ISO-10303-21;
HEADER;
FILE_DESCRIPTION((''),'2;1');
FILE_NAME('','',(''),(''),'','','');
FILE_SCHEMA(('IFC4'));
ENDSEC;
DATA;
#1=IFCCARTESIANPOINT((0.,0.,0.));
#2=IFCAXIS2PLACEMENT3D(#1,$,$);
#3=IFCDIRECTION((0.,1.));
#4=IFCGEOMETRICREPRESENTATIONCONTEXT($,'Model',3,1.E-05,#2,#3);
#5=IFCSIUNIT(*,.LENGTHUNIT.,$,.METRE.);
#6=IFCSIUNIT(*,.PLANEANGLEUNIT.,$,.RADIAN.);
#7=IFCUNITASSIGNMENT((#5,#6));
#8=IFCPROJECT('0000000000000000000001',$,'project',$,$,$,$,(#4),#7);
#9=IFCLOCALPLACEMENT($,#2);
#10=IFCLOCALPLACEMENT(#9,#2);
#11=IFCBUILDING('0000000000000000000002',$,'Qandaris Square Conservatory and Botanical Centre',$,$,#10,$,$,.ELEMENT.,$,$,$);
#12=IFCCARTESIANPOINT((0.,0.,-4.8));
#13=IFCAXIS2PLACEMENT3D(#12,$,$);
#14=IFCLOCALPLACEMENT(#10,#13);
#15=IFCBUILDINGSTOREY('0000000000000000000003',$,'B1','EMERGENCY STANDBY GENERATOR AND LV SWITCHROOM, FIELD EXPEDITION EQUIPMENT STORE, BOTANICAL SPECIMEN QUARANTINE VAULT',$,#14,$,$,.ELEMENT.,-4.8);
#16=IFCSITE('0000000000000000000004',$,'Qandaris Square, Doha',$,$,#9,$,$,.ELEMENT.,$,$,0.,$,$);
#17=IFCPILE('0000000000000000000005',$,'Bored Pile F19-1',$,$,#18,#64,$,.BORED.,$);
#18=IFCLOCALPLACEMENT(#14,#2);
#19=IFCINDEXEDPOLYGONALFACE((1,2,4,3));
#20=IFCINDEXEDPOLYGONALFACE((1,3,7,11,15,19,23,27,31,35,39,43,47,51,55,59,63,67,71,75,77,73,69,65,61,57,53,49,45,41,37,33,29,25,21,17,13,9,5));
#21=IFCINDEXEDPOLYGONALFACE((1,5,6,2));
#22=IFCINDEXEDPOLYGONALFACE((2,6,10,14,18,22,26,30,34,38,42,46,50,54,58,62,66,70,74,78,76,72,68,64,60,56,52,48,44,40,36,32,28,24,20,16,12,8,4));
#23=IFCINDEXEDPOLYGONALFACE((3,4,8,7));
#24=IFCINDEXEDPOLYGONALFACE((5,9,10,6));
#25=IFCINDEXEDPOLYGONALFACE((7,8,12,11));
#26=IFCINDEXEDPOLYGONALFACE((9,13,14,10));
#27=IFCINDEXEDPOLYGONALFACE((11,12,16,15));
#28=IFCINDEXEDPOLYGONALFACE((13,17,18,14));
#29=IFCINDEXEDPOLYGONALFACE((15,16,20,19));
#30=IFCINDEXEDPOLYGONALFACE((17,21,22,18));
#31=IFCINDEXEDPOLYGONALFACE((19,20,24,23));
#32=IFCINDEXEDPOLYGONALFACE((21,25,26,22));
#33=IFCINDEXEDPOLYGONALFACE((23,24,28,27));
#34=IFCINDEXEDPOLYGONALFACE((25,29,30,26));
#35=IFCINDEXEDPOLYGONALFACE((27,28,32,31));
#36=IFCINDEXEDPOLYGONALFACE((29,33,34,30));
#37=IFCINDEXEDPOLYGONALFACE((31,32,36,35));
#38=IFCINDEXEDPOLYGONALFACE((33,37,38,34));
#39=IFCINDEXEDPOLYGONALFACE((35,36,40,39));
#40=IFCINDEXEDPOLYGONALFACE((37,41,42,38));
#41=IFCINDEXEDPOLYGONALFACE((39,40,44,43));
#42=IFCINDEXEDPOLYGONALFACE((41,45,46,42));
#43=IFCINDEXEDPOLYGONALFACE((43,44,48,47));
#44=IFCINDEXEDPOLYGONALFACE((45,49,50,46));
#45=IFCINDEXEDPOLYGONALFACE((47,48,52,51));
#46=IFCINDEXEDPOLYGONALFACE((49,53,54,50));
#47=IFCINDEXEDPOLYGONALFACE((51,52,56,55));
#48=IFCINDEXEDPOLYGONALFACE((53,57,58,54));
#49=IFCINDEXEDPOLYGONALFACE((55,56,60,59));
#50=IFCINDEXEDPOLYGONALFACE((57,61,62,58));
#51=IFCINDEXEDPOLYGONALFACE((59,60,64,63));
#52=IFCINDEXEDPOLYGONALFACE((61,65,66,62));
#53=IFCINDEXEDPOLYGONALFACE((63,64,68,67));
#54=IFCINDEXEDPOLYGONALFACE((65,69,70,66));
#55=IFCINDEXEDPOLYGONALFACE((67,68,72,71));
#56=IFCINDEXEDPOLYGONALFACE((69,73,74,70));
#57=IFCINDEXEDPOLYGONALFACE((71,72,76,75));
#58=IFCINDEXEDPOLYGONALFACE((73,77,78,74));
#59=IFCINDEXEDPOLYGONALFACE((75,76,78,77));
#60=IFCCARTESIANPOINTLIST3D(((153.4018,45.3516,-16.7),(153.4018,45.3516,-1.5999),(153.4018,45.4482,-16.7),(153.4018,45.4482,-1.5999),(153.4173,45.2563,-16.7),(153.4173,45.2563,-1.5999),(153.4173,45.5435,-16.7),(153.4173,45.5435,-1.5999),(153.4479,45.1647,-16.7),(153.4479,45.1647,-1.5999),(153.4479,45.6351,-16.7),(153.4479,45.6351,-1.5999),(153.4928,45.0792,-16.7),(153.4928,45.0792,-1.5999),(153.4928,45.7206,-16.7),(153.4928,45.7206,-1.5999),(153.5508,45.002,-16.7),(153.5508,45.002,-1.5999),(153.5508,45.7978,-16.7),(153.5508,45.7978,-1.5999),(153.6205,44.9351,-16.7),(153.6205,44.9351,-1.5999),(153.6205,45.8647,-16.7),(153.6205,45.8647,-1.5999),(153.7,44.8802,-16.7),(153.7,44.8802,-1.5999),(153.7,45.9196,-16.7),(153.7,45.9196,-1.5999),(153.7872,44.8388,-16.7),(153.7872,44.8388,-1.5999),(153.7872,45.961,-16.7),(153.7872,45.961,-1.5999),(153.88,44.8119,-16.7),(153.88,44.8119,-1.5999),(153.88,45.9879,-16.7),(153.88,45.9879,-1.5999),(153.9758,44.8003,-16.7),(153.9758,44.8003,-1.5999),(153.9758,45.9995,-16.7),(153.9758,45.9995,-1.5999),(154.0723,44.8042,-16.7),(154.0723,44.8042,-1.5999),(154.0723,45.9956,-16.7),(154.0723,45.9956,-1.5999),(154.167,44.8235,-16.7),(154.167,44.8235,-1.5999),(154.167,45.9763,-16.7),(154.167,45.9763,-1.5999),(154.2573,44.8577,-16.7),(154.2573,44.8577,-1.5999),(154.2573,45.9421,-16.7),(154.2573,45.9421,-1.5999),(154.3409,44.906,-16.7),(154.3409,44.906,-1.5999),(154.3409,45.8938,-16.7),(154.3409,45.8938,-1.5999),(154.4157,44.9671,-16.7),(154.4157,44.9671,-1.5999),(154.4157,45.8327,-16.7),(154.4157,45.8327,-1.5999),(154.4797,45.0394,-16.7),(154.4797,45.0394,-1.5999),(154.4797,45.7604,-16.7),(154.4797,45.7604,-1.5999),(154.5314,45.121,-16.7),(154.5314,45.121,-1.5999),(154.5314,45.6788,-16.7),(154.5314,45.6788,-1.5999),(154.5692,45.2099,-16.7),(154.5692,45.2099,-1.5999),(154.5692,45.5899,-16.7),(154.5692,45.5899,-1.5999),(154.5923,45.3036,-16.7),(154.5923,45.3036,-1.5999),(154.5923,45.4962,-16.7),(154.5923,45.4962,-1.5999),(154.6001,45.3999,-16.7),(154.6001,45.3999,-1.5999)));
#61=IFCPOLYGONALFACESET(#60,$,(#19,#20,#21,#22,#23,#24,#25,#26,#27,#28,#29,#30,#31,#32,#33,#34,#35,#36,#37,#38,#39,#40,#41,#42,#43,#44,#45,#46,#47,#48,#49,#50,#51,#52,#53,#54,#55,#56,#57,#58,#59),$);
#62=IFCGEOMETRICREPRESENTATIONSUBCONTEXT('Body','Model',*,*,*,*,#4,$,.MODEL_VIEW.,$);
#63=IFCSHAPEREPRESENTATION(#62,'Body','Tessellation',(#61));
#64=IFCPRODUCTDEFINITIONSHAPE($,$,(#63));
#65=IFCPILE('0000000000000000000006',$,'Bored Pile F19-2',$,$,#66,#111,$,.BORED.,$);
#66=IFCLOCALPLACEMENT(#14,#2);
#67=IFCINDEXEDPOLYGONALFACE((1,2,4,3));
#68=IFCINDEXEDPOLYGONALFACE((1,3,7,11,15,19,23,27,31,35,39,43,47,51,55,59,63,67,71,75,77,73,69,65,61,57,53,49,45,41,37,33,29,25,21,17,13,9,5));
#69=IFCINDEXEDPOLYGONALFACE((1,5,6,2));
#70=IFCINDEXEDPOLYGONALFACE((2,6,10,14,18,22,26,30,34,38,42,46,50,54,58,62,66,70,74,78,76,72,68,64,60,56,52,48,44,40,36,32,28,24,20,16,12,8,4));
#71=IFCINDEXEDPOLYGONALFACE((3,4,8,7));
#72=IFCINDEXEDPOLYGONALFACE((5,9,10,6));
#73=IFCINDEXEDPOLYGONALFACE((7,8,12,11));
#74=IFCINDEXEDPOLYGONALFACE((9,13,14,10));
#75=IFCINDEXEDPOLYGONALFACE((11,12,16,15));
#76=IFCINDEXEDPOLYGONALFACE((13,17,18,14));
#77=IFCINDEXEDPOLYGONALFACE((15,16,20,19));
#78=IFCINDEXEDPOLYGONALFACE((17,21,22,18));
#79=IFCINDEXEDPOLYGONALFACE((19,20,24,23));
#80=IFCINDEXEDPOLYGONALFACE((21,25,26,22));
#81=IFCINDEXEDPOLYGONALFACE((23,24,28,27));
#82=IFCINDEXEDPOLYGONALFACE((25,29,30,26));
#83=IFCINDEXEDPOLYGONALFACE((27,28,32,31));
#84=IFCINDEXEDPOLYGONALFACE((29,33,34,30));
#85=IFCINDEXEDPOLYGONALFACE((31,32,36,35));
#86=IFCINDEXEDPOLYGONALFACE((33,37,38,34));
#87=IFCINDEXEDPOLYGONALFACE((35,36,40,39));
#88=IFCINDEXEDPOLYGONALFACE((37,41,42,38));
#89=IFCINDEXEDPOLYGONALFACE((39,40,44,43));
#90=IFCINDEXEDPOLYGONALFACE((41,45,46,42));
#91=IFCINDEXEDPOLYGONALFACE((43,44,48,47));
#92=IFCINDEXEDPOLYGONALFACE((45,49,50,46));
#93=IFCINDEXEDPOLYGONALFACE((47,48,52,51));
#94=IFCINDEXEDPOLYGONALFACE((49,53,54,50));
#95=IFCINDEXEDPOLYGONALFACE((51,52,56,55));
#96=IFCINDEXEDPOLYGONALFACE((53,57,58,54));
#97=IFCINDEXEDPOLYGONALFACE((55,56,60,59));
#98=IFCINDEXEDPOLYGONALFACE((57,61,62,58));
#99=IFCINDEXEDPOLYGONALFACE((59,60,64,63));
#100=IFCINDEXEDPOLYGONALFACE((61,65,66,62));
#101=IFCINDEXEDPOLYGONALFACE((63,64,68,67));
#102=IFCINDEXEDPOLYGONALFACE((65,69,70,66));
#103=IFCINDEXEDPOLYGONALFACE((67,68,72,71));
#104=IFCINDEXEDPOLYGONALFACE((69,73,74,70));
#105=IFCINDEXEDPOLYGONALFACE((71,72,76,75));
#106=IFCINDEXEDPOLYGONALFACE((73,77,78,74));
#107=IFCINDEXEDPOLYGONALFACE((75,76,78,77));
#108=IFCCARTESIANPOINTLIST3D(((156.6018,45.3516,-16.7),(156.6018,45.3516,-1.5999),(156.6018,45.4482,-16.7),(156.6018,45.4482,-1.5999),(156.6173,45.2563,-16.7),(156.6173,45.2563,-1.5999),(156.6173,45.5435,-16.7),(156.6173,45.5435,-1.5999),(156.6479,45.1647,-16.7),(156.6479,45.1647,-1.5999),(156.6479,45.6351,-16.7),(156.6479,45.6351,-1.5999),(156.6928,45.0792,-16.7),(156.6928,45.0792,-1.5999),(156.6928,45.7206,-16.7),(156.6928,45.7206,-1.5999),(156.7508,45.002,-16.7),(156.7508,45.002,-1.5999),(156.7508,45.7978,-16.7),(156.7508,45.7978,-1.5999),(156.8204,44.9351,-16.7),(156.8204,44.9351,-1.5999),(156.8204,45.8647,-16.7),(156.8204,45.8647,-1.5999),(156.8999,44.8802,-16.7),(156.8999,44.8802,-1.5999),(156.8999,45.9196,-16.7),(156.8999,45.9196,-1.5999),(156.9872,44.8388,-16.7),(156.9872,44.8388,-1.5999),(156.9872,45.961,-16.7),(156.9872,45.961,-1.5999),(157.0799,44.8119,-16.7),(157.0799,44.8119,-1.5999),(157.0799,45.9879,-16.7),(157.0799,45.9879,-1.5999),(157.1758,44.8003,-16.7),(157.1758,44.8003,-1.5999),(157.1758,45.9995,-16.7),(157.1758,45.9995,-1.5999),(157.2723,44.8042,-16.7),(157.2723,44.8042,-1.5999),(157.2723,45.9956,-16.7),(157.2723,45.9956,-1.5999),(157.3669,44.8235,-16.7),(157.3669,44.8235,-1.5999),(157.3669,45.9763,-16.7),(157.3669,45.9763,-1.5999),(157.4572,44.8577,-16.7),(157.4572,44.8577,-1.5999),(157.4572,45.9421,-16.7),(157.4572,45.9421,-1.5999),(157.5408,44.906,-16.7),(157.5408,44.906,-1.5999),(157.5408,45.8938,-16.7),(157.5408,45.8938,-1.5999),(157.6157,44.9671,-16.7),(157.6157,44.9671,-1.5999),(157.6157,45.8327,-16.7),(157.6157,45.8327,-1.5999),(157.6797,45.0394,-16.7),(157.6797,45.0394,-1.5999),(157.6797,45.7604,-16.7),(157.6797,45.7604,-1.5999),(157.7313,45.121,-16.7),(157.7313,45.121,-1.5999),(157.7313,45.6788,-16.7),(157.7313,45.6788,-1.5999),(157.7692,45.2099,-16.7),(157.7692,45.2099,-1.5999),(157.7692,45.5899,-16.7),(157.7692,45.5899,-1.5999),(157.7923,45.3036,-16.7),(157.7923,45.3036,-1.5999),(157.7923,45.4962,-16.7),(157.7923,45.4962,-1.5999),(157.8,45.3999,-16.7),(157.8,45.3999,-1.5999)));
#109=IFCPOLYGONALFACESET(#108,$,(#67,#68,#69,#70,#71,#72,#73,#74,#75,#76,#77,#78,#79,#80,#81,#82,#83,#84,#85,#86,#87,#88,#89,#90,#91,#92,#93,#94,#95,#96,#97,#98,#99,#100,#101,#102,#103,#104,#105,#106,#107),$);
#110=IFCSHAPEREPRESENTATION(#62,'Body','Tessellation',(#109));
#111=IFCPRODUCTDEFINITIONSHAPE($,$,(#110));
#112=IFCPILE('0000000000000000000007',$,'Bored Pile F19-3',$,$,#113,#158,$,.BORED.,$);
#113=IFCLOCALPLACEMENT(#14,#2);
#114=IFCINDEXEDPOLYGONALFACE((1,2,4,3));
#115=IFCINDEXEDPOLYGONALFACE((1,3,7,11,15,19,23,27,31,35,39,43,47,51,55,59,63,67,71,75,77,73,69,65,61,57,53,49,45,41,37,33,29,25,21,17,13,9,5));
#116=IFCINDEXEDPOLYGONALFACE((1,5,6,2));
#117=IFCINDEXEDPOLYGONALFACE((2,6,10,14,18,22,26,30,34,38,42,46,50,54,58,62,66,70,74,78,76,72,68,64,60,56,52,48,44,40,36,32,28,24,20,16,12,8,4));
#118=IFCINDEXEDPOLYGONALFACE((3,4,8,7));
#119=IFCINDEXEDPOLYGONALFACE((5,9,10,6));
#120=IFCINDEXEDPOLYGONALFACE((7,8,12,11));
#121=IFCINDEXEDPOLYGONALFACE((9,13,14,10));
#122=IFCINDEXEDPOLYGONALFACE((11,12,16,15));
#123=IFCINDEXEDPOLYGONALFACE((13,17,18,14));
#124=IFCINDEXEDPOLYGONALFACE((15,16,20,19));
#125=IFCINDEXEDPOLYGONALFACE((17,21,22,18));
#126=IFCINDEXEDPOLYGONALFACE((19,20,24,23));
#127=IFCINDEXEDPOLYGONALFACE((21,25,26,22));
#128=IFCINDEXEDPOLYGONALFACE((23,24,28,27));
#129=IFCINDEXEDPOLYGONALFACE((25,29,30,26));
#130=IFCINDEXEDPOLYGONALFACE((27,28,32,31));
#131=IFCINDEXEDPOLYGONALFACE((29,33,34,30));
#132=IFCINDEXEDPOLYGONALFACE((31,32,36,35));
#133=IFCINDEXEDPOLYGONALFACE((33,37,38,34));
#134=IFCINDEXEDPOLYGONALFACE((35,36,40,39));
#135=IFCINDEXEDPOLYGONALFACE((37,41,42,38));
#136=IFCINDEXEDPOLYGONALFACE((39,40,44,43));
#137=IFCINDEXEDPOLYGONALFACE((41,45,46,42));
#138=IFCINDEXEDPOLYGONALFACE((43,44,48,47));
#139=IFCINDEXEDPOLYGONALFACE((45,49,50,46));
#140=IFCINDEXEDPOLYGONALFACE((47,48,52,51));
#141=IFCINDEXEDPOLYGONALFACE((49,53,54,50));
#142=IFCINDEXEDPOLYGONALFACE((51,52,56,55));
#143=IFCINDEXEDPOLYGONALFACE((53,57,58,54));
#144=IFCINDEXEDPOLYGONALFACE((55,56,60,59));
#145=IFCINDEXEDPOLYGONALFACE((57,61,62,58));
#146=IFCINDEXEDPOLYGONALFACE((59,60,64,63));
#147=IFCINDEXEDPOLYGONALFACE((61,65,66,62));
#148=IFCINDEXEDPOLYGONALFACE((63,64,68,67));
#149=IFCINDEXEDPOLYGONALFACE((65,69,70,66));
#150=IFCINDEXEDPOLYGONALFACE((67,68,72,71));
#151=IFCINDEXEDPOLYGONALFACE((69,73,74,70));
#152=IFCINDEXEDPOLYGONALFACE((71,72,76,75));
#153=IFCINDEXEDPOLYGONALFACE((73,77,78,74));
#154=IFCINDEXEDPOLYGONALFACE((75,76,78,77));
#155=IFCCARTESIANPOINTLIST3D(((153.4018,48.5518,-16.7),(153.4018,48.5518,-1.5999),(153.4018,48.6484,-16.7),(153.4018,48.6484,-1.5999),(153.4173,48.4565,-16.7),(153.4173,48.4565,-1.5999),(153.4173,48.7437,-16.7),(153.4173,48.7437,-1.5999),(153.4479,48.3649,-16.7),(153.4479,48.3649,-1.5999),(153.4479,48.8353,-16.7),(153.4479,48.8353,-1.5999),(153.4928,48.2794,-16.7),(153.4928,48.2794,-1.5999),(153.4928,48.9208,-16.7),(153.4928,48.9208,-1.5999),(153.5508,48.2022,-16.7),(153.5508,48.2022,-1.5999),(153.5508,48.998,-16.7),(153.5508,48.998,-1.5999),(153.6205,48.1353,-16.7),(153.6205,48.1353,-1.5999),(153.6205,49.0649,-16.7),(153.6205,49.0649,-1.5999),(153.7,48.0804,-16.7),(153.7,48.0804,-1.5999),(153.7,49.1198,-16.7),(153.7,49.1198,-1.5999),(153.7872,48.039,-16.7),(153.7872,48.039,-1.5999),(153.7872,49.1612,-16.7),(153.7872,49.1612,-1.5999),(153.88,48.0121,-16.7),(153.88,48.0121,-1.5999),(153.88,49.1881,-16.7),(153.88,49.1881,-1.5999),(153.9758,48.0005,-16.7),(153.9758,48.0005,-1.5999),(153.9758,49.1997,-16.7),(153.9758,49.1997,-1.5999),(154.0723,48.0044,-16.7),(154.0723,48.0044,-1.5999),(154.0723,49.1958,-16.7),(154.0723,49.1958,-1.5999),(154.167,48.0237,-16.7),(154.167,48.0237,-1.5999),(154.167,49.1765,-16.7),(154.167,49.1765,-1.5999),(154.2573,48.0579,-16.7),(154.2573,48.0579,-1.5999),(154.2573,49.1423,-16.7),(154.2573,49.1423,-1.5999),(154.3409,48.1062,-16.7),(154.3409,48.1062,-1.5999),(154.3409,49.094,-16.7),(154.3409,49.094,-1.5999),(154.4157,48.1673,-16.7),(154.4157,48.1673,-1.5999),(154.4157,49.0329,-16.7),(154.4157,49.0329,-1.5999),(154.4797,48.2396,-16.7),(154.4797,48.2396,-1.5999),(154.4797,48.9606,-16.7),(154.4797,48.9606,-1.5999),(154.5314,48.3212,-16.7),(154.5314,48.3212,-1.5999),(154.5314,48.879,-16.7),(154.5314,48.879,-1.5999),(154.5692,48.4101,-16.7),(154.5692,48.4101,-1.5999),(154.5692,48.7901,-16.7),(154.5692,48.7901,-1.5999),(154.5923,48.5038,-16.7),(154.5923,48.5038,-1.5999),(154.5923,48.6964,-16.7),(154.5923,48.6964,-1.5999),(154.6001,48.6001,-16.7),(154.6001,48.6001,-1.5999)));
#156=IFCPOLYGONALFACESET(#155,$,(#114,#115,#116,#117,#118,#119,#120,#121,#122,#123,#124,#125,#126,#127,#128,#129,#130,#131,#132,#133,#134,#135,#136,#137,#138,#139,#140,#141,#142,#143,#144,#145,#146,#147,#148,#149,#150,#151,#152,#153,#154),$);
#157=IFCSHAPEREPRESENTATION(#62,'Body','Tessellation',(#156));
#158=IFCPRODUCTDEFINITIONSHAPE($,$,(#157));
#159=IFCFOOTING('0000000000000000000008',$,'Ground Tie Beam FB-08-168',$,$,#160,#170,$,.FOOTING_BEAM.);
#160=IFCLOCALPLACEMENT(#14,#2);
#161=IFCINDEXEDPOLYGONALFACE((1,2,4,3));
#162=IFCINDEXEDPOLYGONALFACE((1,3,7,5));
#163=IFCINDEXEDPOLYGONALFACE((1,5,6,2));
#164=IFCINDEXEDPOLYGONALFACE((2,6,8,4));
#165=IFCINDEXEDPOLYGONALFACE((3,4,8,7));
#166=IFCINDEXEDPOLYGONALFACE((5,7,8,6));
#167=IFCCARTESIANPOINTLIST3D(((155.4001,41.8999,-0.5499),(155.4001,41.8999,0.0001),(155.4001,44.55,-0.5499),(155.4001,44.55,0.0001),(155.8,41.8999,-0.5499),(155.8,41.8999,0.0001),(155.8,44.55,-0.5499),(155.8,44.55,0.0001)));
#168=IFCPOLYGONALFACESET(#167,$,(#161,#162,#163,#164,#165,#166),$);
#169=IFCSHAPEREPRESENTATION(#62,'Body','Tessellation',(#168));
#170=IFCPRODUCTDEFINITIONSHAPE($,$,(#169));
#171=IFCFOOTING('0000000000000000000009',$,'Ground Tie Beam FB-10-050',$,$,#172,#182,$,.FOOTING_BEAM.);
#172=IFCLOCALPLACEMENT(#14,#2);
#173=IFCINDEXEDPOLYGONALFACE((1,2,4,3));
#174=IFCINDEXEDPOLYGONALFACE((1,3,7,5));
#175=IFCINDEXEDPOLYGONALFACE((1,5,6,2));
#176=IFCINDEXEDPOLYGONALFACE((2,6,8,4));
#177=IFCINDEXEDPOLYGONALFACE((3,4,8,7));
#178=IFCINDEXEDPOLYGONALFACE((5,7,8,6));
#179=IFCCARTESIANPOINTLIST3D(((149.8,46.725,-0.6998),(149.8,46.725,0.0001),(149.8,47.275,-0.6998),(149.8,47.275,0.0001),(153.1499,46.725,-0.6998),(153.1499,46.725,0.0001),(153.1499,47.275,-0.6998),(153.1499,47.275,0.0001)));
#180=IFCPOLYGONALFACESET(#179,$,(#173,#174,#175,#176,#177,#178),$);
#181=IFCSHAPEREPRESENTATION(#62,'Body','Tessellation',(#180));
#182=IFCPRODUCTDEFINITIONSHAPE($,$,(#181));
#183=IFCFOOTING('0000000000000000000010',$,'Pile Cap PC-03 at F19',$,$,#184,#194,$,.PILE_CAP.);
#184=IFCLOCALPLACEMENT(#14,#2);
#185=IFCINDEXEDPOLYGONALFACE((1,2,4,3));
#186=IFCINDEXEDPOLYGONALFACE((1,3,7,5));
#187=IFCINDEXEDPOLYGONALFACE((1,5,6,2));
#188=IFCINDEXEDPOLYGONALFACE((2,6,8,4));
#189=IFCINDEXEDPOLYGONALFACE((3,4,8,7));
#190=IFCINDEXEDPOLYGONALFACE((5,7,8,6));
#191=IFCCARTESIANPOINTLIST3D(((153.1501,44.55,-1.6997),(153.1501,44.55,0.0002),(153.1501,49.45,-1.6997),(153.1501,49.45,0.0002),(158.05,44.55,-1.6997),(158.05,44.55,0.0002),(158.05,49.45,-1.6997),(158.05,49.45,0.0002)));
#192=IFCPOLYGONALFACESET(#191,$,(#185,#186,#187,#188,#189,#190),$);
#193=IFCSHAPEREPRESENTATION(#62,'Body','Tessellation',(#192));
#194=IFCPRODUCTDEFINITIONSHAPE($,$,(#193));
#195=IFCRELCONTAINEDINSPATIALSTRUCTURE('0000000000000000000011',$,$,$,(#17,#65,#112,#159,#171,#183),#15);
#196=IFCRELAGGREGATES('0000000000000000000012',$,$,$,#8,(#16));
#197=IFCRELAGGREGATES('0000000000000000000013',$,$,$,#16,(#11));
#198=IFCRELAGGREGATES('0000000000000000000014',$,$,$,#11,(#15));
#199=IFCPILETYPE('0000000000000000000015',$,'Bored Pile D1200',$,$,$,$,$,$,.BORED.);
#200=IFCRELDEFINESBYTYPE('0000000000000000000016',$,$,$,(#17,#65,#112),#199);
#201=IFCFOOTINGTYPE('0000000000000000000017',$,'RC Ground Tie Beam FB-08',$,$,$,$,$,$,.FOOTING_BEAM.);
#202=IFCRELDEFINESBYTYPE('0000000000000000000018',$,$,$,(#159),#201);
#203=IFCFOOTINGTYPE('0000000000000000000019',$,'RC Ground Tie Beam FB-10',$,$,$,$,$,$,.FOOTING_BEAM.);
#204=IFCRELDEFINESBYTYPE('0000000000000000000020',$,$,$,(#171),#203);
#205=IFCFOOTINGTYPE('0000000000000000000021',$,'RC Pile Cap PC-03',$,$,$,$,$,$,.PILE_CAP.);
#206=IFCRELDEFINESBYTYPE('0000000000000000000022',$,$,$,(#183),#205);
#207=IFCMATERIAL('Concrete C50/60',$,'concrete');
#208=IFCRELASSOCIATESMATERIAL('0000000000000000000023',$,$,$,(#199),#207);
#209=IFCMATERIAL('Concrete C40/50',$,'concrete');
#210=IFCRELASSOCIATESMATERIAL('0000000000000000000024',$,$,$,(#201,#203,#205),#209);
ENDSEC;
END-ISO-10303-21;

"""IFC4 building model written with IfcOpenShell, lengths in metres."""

from ifc_helpers import new_model, si_unit, direction, frame, origin, origin_2d, place, context, subcontext, project, spatial, rectangle, circle, extrude, material, material_profile, profile_set, type_object, element, save


model = new_model("IFC4")

# Units and contexts
model_context = context("Model", 3, precision=1e-05, world=origin(), true_north=direction((0.0, 1.0)))
body_context = subcontext(model_context, "Body", "Model", "MODEL_VIEW")
ifc_project = project(units=[si_unit("LENGTHUNIT", "METRE"), si_unit("PLANEANGLEUNIT", "RADIAN")], contexts=[model_context])

# Site, building, storey
site_placement = place(None, origin())
site = spatial("IfcSite", under=ifc_project, at=site_placement, Name="Qandaris Square, Doha", CompositionType="ELEMENT", RefElevation=0.0)
building_placement = place(site_placement, origin())
building = spatial("IfcBuilding", under=site, at=building_placement, Name="Qandaris Square Conservatory and Botanical Centre", CompositionType="ELEMENT")
storey_placement = place(building_placement, frame((0.0, 0.0, -4.8)))
storey = spatial("IfcBuildingStorey", under=building, at=storey_placement, Name="B1", Description="EMERGENCY STANDBY GENERATOR AND LV SWITCHROOM, FIELD EXPEDITION EQUIPMENT STORE, BOTANICAL SPECIMEN QUARANTINE VAULT", CompositionType="ELEMENT", Elevation=-4.8)

# Piles
ifc_material_1 = material(Name="Concrete C50/60", Category="concrete")
ifc_material_profile_1 = material_profile(ifc_material_1, circle(Radius=0.6001, at=origin_2d()), Name="PILE D1200")
ifc_profile_set_1 = profile_set([ifc_material_profile_1], Name="Concrete C50/60")
pile_type = type_object("IfcPileType", Name="Bored Pile D1200", PredefinedType="BORED", material=ifc_profile_set_1)
for number, where, z_axis, x_axis, name in (
    (1, (154.0, 45.3999, -1.5999), (0.0, 0.0, -1.0), (1.0, 0.0, 0.0), "Bored Pile F19-1"),
    (2, (157.2, 45.3999, -1.5999), (0.0, 0.0, -1.0), (1.0, 0.0, 0.0), "Bored Pile F19-2"),
    (3, (154.0, 48.6001, -1.5999), (0.0, 0.0, -1.0), (1.0, 0.0, 0.0), "Bored Pile F19-3"),
):
    element("IfcPile", number, at=place(storey_placement, frame(where, z_axis=z_axis, x_axis=x_axis)), inside=storey, type_object=pile_type, Name=name, PredefinedType="BORED", context=body_context, shape_type="SweptSolid", body=[
        extrude(circle(Radius=0.6001, at=origin_2d()), origin(), (0.0, 0.0, 1.0), 15.1001),
    ])

# Footings
ifc_material_2 = material(Name="Concrete C40/50", Category="concrete")
ifc_material_profile_2 = material_profile(ifc_material_2, rectangle(XDim=0.3999, YDim=0.55, at=origin_2d()), Name="FB 400x550")
ifc_profile_set_2 = profile_set([ifc_material_profile_2], Name="Concrete C40/50")
footing_type_1 = type_object("IfcFootingType", Name="RC Ground Tie Beam FB-08", PredefinedType="FOOTING_BEAM", material=ifc_profile_set_2)
footing_1_placement = place(storey_placement, frame((155.6001, 41.8999, -0.2749), z_axis=(0.0, 1.0, 0.0), x_axis=(-1.0, 0.0, 0.0)))
element("IfcFooting", 4, at=footing_1_placement, inside=storey, type_object=footing_type_1, Name="Ground Tie Beam FB-08-168", PredefinedType="FOOTING_BEAM", context=body_context, shape_type="SweptSolid", body=[
    extrude(rectangle(XDim=0.3999, YDim=0.55, at=origin_2d()), origin(), (0.0, 0.0, 1.0), 2.6501),
])
ifc_material_profile_3 = material_profile(ifc_material_2, rectangle(XDim=0.55, YDim=0.7, at=origin_2d()), Name="FB 550x700")
ifc_profile_set_3 = profile_set([ifc_material_profile_3], Name="Concrete C40/50")
footing_type_2 = type_object("IfcFootingType", Name="RC Ground Tie Beam FB-10", PredefinedType="FOOTING_BEAM", material=ifc_profile_set_3)
footing_2_placement = place(storey_placement, frame((149.8, 47.0, -0.3499), z_axis=(1.0, 0.0, 0.0), x_axis=(0.0, 1.0, 0.0)))
element("IfcFooting", 5, at=footing_2_placement, inside=storey, type_object=footing_type_2, Name="Ground Tie Beam FB-10-050", PredefinedType="FOOTING_BEAM", context=body_context, shape_type="SweptSolid", body=[
    extrude(rectangle(XDim=0.55, YDim=0.7, at=origin_2d()), origin(), (0.0, 0.0, 1.0), 3.3499),
])
footing_type_3 = type_object("IfcFootingType", Name="RC Pile Cap PC-03", PredefinedType="PILE_CAP", material=ifc_material_2)
footing_3_placement = place(storey_placement, frame((155.6001, 47.0, -1.6997), z_axis=(0.0, 0.0, 1.0), x_axis=(1.0, 0.0, 0.0)))
element("IfcFooting", 6, at=footing_3_placement, inside=storey, type_object=footing_type_3, Name="Pile Cap PC-03 at F19", PredefinedType="PILE_CAP", context=body_context, shape_type="SweptSolid", body=[
    extrude(rectangle(XDim=4.8999, YDim=4.8999, at=origin_2d()), origin(), (0.0, 0.0, 1.0), 1.7),
])

save(model, "model.ifc")
